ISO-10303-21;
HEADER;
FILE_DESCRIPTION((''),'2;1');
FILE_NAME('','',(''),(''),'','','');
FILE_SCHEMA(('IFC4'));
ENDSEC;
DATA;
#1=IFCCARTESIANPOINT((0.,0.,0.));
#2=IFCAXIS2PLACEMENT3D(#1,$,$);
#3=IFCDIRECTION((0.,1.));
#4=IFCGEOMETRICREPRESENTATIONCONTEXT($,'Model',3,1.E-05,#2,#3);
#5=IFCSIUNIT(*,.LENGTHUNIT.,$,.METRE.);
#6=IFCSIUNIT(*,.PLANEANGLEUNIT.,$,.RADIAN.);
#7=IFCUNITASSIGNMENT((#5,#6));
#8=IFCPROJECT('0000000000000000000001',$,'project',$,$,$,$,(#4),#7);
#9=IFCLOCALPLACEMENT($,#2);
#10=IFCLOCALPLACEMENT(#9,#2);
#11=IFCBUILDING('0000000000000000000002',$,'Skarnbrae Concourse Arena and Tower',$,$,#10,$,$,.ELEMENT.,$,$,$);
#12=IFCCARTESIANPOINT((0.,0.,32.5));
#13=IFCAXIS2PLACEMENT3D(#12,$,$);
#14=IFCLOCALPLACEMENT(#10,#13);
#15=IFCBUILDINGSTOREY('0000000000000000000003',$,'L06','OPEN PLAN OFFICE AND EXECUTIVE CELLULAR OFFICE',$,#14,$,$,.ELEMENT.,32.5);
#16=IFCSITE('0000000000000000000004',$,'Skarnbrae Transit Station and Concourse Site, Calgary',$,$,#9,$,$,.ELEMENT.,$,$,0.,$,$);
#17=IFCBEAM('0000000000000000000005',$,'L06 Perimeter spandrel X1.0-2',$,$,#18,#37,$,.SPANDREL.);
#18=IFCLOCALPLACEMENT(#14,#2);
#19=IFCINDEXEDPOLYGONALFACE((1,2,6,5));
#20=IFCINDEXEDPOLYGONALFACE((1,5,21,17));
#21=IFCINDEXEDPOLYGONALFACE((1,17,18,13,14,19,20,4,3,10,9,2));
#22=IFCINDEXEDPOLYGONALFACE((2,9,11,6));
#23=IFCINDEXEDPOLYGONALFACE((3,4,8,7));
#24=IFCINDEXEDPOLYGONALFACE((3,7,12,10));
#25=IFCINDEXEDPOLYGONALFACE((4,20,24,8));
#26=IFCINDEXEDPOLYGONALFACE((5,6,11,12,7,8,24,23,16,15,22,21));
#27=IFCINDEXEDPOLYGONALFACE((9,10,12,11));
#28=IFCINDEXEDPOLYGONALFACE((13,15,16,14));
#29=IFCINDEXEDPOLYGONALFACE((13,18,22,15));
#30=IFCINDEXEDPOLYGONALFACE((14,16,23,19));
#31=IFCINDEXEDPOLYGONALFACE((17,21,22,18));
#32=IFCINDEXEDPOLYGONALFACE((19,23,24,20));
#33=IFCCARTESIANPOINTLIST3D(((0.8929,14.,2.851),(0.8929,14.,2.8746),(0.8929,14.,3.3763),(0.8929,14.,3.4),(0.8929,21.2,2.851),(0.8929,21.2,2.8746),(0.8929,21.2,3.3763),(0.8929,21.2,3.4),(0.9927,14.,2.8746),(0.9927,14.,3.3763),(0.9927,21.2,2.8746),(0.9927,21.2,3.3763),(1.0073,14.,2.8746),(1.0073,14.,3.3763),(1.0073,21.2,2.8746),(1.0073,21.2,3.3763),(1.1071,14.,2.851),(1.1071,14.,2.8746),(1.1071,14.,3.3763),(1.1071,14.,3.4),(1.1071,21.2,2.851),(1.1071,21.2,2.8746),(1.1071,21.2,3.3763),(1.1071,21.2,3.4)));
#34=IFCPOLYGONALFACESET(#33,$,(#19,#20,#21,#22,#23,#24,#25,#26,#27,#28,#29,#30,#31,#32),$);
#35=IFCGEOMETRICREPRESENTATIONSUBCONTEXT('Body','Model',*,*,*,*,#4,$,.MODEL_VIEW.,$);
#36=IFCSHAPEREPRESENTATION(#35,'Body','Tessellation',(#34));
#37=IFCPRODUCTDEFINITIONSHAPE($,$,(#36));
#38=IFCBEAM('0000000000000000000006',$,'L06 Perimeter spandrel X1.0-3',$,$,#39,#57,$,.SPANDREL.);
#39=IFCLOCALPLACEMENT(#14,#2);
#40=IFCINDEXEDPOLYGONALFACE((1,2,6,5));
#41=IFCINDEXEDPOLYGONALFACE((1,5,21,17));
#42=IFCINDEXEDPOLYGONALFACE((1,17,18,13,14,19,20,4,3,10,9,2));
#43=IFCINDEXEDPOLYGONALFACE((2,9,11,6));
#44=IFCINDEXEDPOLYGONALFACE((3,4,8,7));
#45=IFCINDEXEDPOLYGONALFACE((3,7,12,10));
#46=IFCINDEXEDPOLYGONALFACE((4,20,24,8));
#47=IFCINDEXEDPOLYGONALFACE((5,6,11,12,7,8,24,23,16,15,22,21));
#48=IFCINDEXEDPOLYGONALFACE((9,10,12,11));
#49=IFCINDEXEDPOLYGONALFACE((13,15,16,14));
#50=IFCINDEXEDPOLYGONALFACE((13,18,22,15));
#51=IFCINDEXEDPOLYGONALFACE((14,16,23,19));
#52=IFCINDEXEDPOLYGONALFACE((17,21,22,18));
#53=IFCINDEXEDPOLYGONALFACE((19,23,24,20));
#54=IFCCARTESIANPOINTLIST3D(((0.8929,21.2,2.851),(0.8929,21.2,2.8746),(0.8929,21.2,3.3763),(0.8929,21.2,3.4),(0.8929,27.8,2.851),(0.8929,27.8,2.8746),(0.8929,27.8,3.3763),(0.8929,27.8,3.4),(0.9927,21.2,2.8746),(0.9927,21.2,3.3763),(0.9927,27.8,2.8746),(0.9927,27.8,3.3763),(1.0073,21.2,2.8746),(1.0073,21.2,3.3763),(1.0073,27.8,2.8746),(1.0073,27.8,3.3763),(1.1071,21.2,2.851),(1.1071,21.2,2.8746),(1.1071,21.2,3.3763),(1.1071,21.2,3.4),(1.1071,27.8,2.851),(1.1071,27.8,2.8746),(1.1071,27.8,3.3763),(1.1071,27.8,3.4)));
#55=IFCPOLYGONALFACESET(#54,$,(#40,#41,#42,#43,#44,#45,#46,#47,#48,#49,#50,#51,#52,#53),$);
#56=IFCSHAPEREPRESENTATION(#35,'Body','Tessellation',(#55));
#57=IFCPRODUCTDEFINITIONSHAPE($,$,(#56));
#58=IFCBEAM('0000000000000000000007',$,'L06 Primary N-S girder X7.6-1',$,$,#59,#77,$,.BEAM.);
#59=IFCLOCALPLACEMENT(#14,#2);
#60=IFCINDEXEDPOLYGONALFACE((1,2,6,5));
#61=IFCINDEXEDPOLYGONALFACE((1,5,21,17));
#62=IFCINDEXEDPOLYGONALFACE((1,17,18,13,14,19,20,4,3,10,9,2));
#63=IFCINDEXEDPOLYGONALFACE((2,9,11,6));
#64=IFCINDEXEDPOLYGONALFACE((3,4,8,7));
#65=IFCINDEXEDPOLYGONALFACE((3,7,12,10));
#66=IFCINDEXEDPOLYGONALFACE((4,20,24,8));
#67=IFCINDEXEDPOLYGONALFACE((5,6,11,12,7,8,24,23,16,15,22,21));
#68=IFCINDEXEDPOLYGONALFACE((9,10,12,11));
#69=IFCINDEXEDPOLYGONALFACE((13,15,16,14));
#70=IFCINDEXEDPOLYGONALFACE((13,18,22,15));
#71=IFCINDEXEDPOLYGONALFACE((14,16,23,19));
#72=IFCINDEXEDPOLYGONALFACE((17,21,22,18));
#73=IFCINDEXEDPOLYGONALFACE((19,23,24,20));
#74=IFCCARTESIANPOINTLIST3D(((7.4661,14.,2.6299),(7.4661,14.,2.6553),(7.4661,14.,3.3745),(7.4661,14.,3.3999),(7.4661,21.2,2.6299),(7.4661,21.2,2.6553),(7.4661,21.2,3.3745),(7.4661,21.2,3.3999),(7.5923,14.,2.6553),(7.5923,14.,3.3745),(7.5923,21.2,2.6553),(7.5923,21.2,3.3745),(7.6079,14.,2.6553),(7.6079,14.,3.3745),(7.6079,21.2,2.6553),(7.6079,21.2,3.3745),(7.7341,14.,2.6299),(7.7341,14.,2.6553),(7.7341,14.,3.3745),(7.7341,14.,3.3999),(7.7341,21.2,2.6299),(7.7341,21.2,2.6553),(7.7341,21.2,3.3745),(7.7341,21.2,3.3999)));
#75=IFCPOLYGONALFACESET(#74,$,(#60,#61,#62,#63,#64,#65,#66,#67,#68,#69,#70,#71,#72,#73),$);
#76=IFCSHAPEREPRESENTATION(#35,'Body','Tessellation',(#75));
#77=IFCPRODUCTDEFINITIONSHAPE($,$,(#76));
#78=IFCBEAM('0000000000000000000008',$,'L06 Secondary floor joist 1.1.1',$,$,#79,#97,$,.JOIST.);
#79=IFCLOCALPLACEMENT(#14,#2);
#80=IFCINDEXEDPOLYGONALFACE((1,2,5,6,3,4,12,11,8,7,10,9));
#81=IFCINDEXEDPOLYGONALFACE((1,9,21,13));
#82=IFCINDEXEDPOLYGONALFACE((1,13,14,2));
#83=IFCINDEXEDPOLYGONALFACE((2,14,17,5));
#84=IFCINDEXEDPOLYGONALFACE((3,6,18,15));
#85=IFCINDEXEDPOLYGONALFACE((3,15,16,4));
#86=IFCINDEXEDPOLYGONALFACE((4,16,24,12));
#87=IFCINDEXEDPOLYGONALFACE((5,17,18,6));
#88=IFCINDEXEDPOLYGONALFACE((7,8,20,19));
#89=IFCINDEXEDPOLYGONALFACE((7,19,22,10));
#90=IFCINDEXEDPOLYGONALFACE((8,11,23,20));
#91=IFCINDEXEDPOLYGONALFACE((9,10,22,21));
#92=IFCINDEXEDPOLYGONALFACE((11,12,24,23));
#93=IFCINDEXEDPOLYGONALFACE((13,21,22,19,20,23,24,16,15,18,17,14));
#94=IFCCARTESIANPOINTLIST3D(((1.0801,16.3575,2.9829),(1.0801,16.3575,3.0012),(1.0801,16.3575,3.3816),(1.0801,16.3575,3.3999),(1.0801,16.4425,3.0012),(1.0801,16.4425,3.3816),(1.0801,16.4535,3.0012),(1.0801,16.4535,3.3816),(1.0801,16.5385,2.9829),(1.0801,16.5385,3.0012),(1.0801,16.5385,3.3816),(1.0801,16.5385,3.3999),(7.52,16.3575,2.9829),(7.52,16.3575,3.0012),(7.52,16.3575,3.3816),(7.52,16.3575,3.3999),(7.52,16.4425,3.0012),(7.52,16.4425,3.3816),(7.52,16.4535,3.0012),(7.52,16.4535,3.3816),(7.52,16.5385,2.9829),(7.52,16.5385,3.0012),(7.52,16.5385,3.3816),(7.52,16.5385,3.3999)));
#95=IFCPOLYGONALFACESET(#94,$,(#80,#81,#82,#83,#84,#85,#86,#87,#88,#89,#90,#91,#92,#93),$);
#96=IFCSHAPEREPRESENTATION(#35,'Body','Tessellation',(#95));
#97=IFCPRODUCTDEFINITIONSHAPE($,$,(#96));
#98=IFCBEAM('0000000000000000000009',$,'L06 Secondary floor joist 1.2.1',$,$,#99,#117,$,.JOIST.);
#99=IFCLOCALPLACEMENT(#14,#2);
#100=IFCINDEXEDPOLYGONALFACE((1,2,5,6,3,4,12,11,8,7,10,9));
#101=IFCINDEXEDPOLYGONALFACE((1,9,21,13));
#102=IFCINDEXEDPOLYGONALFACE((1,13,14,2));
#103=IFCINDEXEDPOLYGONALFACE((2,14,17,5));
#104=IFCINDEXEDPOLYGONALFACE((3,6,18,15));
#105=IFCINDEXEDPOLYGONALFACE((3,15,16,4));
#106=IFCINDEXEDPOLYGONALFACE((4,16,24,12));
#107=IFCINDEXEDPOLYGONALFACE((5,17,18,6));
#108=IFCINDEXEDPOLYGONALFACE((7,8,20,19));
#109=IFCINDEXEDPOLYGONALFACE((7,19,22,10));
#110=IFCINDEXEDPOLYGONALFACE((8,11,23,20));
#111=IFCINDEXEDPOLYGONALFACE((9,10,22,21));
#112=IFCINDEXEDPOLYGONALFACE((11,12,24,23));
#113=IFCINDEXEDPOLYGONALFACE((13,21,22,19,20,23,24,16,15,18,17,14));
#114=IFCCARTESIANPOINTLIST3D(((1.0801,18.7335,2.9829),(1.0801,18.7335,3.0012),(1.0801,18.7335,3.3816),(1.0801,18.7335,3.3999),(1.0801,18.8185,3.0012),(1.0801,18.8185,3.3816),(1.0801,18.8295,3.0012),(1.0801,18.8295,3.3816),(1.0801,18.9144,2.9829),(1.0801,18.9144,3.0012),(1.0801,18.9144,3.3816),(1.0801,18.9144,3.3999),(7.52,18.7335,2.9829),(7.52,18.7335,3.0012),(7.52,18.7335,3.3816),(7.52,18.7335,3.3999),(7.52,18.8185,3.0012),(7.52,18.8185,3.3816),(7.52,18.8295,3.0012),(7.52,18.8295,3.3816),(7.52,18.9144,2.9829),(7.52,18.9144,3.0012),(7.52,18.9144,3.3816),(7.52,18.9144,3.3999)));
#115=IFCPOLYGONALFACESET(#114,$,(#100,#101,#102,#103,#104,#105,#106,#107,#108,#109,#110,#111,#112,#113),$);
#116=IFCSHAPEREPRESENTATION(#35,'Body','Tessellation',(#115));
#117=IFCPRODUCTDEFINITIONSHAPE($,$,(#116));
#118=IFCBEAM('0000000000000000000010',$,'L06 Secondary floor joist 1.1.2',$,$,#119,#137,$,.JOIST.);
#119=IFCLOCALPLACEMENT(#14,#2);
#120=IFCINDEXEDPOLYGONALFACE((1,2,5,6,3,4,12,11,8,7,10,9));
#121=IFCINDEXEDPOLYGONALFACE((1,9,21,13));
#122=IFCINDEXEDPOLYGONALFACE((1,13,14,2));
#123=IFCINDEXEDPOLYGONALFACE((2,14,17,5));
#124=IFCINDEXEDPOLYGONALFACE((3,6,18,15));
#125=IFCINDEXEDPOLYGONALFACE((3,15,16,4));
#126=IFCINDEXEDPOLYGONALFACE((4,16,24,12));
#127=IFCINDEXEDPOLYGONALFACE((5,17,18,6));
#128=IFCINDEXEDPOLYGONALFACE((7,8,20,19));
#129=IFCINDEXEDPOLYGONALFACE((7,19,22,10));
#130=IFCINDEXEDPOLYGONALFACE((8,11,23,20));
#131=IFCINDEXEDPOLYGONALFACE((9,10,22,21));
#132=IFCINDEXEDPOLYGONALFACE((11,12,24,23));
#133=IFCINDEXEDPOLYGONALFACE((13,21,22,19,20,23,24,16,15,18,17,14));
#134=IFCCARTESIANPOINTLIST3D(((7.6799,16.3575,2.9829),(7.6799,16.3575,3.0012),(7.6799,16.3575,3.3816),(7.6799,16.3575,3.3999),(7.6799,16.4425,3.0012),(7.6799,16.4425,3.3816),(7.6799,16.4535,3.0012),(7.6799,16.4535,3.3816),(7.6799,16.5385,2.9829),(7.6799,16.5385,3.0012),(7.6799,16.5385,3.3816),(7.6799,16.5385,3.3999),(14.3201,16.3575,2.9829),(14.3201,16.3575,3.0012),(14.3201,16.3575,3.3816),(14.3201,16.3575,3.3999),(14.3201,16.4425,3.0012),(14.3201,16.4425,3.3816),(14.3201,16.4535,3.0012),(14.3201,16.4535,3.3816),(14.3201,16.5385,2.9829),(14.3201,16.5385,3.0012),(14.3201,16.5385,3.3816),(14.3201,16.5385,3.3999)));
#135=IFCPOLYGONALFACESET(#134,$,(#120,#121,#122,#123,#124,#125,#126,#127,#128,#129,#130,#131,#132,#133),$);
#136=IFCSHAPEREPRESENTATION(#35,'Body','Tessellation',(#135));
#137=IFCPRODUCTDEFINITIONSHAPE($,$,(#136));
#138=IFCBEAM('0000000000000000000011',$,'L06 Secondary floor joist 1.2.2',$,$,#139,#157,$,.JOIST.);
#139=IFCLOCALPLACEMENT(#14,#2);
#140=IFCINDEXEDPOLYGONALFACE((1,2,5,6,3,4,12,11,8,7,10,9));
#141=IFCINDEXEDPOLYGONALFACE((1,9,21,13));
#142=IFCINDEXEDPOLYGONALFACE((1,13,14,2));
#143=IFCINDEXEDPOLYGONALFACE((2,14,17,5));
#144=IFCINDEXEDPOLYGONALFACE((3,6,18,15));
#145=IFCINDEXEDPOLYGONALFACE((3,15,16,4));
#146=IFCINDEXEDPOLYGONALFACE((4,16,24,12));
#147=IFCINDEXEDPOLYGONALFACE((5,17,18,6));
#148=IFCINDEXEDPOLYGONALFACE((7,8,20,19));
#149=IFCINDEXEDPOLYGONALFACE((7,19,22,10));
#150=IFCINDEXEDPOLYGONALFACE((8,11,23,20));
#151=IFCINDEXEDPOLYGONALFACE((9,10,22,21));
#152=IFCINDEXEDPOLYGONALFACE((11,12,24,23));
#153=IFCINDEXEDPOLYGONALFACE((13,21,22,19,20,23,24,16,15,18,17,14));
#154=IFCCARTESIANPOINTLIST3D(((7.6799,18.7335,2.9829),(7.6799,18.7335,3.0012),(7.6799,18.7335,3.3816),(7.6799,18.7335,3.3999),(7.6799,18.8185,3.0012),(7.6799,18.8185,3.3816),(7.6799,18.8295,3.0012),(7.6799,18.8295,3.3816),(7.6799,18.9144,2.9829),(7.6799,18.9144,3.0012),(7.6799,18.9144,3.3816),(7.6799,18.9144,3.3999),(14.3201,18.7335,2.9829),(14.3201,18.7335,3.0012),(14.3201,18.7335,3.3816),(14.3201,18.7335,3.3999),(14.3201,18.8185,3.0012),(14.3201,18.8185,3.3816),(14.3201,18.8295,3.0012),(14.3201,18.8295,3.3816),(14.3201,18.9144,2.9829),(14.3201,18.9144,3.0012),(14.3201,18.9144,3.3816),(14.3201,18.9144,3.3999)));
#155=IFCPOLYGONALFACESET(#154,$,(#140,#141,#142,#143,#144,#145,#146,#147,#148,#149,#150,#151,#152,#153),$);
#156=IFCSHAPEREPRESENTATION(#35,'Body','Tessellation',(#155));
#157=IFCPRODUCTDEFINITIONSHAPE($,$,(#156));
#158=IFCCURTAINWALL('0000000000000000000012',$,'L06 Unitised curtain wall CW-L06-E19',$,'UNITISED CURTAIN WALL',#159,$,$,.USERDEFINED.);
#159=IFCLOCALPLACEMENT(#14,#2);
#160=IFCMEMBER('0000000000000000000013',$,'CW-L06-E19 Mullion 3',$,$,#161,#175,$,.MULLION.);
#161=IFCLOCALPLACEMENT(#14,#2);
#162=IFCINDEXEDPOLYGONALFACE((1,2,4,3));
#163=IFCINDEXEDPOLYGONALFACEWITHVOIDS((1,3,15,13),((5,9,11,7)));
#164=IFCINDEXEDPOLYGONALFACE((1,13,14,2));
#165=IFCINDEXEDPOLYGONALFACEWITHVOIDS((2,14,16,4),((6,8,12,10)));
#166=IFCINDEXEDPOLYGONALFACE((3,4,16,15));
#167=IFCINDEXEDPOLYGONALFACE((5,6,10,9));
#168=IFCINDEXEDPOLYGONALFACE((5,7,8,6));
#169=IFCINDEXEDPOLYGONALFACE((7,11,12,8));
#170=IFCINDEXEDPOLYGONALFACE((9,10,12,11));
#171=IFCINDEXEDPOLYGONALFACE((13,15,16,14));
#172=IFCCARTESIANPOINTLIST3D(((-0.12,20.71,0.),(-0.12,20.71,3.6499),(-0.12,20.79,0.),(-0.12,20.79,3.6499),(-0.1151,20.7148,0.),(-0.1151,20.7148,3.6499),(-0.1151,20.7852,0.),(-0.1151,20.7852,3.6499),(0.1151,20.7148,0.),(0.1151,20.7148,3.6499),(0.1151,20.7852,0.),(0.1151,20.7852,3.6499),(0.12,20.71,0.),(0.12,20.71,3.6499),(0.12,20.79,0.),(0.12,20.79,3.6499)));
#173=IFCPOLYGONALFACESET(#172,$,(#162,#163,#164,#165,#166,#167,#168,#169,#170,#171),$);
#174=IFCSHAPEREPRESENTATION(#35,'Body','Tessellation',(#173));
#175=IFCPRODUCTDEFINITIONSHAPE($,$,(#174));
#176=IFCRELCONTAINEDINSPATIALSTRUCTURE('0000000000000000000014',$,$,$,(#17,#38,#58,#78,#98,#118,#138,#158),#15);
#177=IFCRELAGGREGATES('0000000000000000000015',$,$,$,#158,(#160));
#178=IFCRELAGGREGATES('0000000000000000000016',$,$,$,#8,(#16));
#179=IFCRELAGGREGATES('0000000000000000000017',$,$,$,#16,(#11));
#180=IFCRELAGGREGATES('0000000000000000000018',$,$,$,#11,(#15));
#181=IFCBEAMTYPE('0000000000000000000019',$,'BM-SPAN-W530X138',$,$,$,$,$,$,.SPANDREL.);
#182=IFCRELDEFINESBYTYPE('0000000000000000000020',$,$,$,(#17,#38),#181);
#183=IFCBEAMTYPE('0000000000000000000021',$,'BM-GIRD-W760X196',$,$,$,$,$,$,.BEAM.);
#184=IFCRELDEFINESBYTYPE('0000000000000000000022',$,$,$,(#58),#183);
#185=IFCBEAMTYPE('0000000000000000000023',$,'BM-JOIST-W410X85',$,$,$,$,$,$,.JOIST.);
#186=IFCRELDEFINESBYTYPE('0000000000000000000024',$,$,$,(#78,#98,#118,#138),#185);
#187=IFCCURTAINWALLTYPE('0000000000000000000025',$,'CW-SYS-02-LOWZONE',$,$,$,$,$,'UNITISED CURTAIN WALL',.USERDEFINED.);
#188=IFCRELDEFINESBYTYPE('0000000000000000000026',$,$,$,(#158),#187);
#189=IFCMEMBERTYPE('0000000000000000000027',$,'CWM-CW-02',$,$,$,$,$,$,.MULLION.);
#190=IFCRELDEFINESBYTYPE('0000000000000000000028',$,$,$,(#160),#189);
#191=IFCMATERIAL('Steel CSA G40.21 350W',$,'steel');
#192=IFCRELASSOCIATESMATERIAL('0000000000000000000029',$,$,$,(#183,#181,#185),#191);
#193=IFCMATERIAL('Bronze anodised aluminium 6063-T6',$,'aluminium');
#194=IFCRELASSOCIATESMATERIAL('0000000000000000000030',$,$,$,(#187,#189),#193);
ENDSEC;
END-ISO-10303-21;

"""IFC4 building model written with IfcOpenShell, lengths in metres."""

from ifc_helpers import new_model, si_unit, direction, frame, origin, origin_2d, place, context, subcontext, project, spatial, hollow_rectangle, i_section, extrude, source, transform, mapped, material, material_profile, profile_set, type_object, element, aggregate, save


model = new_model("IFC4")

# Units and contexts
model_context = context("Model", 3, precision=1e-05, world=origin(), true_north=direction((0.0, 1.0)))
body_context = subcontext(model_context, "Body", "Model", "MODEL_VIEW")
ifc_project = project(units=[si_unit("LENGTHUNIT", "METRE"), si_unit("PLANEANGLEUNIT", "RADIAN")], contexts=[model_context])

# Site, building, storey
site_placement = place(None, origin())
site = spatial("IfcSite", under=ifc_project, at=site_placement, Name="Skarnbrae Transit Station and Concourse Site, Calgary", CompositionType="ELEMENT", RefElevation=0.0)
building_placement = place(site_placement, origin())
building = spatial("IfcBuilding", under=site, at=building_placement, Name="Skarnbrae Concourse Arena and Tower", CompositionType="ELEMENT")
storey_placement = place(building_placement, frame((0.0, 0.0, 32.5)))
storey = spatial("IfcBuildingStorey", under=building, at=storey_placement, Name="L06", Description="OPEN PLAN OFFICE AND EXECUTIVE CELLULAR OFFICE", CompositionType="ELEMENT", Elevation=32.5)

# Shared definitions
ifc_material_1 = material(Name="Steel CSA G40.21 350W", Category="steel")

# Beams
ifc_material_profile_1 = material_profile(ifc_material_1, i_section(OverallWidth=0.2681, OverallDepth=0.77, WebThickness=0.0156, FlangeThickness=0.0254, at=origin_2d()), Name="W760X196")
ifc_profile_set_1 = profile_set([ifc_material_profile_1], Name="Steel CSA G40.21 350W")
beam_type_1 = type_object("IfcBeamType", Name="BM-GIRD-W760X196", PredefinedType="BEAM", material=ifc_profile_set_1)
ifc_material_profile_2 = material_profile(ifc_material_1, i_section(OverallWidth=0.2141, OverallDepth=0.5491, WebThickness=0.0146, FlangeThickness=0.0237, at=origin_2d()), Name="W530X138")
ifc_profile_set_2 = profile_set([ifc_material_profile_2], Name="Steel CSA G40.21 350W")
beam_type_2 = type_object("IfcBeamType", Name="BM-SPAN-W530X138", PredefinedType="SPANDREL", material=ifc_profile_set_2)
shared_shape_1 = source(origin(), body_context, "Body", "SweptSolid", [
    extrude(i_section(OverallWidth=0.2141, OverallDepth=0.5491, WebThickness=0.0146, FlangeThickness=0.0237, at=origin_2d()), origin(), (0.0, 0.0, 1.0), 7.2),
])
beam_1_placement = place(storey_placement, frame((1.0, 14.0, 3.1255), z_axis=(0.0, 1.0, 0.0), x_axis=(-1.0, 0.0, 0.0)))
element("IfcBeam", 1, at=beam_1_placement, inside=storey, type_object=beam_type_2, Name="L06 Perimeter spandrel X1.0-2", PredefinedType="SPANDREL", context=body_context, shape_type="MappedRepresentation", body=[
    mapped(shared_shape_1, transform((0.0, 0.0, 0.0))),
])
shared_shape_2 = source(origin(), body_context, "Body", "SweptSolid", [
    extrude(i_section(OverallWidth=0.2141, OverallDepth=0.5491, WebThickness=0.0146, FlangeThickness=0.0237, at=origin_2d()), origin(), (0.0, 0.0, 1.0), 6.6001),
])
beam_2_placement = place(storey_placement, frame((1.0, 21.2, 3.1255), z_axis=(0.0, 1.0, 0.0), x_axis=(-1.0, 0.0, 0.0)))
element("IfcBeam", 2, at=beam_2_placement, inside=storey, type_object=beam_type_2, Name="L06 Perimeter spandrel X1.0-3", PredefinedType="SPANDREL", context=body_context, shape_type="MappedRepresentation", body=[
    mapped(shared_shape_2, transform((0.0, 0.0, 0.0))),
])
shared_shape_3 = source(origin(), body_context, "Body", "SweptSolid", [
    extrude(i_section(OverallWidth=0.2681, OverallDepth=0.77, WebThickness=0.0156, FlangeThickness=0.0254, at=origin_2d()), origin(), (0.0, 0.0, 1.0), 7.2),
])
beam_3_placement = place(storey_placement, frame((7.6001, 14.0, 3.0149), z_axis=(0.0, 1.0, 0.0), x_axis=(-1.0, 0.0, 0.0)))
element("IfcBeam", 3, at=beam_3_placement, inside=storey, type_object=beam_type_1, Name="L06 Primary N-S girder X7.6-1", PredefinedType="BEAM", context=body_context, shape_type="MappedRepresentation", body=[
    mapped(shared_shape_3, transform((0.0, 0.0, 0.0))),
])
ifc_material_profile_3 = material_profile(ifc_material_1, i_section(OverallWidth=0.1809, OverallDepth=0.417, WebThickness=0.011, FlangeThickness=0.0183, at=origin_2d()), Name="W410X85")
ifc_profile_set_3 = profile_set([ifc_material_profile_3], Name="Steel CSA G40.21 350W")
beam_type_3 = type_object("IfcBeamType", Name="BM-JOIST-W410X85", PredefinedType="JOIST", material=ifc_profile_set_3)
shared_shape_4 = source(origin(), body_context, "Body", "SweptSolid", [
    extrude(i_section(OverallWidth=0.1809, OverallDepth=0.417, WebThickness=0.011, FlangeThickness=0.0183, at=origin_2d()), origin(), (0.0, 0.0, 1.0), 6.4399),
])
for number, where, z_axis, x_axis, name in (
    (4, (1.0801, 16.448, 3.1914), (1.0, 0.0, 0.0), (0.0, 1.0, 0.0), "L06 Secondary floor joist 1.1.1"),
    (5, (1.0801, 18.824, 3.1914), (1.0, 0.0, 0.0), (0.0, 1.0, 0.0), "L06 Secondary floor joist 1.2.1"),
):
    element("IfcBeam", number, at=place(storey_placement, frame(where, z_axis=z_axis, x_axis=x_axis)), inside=storey, type_object=beam_type_3, Name=name, PredefinedType="JOIST", context=body_context, shape_type="MappedRepresentation", body=[
        mapped(shared_shape_4, transform((0.0, 0.0, 0.0))),
    ])
shared_shape_5 = source(origin(), body_context, "Body", "SweptSolid", [
    extrude(i_section(OverallWidth=0.1809, OverallDepth=0.417, WebThickness=0.011, FlangeThickness=0.0183, at=origin_2d()), origin(), (0.0, 0.0, 1.0), 6.6401),
])
for number, where, z_axis, x_axis, name in (
    (6, (7.6799, 16.448, 3.1914), (1.0, 0.0, 0.0), (0.0, 1.0, 0.0), "L06 Secondary floor joist 1.1.2"),
    (7, (7.6799, 18.824, 3.1914), (1.0, 0.0, 0.0), (0.0, 1.0, 0.0), "L06 Secondary floor joist 1.2.2"),
):
    element("IfcBeam", number, at=place(storey_placement, frame(where, z_axis=z_axis, x_axis=x_axis)), inside=storey, type_object=beam_type_3, Name=name, PredefinedType="JOIST", context=body_context, shape_type="MappedRepresentation", body=[
        mapped(shared_shape_5, transform((0.0, 0.0, 0.0))),
    ])

# Curtain wall, member
ifc_material_2 = material(Name="Bronze anodised aluminium 6063-T6", Category="aluminium")
curtain_wall_type = type_object("IfcCurtainWallType", Name="CW-SYS-02-LOWZONE", ElementType="UNITISED CURTAIN WALL", PredefinedType="USERDEFINED", material=ifc_material_2)
curtain_wall_placement = place(storey_placement, origin())
curtain_wall = element("IfcCurtainWall", 8, at=curtain_wall_placement, inside=storey, type_object=curtain_wall_type, Name="L06 Unitised curtain wall CW-L06-E19", ObjectType="UNITISED CURTAIN WALL", PredefinedType="USERDEFINED")
ifc_material_profile_4 = material_profile(ifc_material_2, hollow_rectangle(XDim=0.0801, YDim=0.24, WallThickness=0.0049, at=origin_2d()), Name="ALU-MULL-80X240")
ifc_profile_set_4 = profile_set([ifc_material_profile_4], Name="Bronze anodised aluminium 6063-T6")
member_type_1 = type_object("IfcMemberType", Name="CWM-CW-02", PredefinedType="MULLION", material=ifc_profile_set_4)
shared_shape_6 = source(origin(), body_context, "Body", "SweptSolid", [
    extrude(hollow_rectangle(XDim=0.0801, YDim=0.24, WallThickness=0.0049, at=origin_2d()), origin(), (0.0, 0.0, 1.0), 3.6499),
])
member_1_placement = place(storey_placement, frame((0.0, 20.75, 0.0), z_axis=(0.0, 0.0, 1.0), x_axis=(0.0, -1.0, 0.0)))
member_1 = element("IfcMember", 9, at=member_1_placement, type_object=member_type_1, Name="CW-L06-E19 Mullion 3", PredefinedType="MULLION", context=body_context, shape_type="MappedRepresentation", body=[
    mapped(shared_shape_6, transform((0.0, 0.0, 0.0))),
])
aggregate(curtain_wall, [member_1])

save(model, "model.ifc")
